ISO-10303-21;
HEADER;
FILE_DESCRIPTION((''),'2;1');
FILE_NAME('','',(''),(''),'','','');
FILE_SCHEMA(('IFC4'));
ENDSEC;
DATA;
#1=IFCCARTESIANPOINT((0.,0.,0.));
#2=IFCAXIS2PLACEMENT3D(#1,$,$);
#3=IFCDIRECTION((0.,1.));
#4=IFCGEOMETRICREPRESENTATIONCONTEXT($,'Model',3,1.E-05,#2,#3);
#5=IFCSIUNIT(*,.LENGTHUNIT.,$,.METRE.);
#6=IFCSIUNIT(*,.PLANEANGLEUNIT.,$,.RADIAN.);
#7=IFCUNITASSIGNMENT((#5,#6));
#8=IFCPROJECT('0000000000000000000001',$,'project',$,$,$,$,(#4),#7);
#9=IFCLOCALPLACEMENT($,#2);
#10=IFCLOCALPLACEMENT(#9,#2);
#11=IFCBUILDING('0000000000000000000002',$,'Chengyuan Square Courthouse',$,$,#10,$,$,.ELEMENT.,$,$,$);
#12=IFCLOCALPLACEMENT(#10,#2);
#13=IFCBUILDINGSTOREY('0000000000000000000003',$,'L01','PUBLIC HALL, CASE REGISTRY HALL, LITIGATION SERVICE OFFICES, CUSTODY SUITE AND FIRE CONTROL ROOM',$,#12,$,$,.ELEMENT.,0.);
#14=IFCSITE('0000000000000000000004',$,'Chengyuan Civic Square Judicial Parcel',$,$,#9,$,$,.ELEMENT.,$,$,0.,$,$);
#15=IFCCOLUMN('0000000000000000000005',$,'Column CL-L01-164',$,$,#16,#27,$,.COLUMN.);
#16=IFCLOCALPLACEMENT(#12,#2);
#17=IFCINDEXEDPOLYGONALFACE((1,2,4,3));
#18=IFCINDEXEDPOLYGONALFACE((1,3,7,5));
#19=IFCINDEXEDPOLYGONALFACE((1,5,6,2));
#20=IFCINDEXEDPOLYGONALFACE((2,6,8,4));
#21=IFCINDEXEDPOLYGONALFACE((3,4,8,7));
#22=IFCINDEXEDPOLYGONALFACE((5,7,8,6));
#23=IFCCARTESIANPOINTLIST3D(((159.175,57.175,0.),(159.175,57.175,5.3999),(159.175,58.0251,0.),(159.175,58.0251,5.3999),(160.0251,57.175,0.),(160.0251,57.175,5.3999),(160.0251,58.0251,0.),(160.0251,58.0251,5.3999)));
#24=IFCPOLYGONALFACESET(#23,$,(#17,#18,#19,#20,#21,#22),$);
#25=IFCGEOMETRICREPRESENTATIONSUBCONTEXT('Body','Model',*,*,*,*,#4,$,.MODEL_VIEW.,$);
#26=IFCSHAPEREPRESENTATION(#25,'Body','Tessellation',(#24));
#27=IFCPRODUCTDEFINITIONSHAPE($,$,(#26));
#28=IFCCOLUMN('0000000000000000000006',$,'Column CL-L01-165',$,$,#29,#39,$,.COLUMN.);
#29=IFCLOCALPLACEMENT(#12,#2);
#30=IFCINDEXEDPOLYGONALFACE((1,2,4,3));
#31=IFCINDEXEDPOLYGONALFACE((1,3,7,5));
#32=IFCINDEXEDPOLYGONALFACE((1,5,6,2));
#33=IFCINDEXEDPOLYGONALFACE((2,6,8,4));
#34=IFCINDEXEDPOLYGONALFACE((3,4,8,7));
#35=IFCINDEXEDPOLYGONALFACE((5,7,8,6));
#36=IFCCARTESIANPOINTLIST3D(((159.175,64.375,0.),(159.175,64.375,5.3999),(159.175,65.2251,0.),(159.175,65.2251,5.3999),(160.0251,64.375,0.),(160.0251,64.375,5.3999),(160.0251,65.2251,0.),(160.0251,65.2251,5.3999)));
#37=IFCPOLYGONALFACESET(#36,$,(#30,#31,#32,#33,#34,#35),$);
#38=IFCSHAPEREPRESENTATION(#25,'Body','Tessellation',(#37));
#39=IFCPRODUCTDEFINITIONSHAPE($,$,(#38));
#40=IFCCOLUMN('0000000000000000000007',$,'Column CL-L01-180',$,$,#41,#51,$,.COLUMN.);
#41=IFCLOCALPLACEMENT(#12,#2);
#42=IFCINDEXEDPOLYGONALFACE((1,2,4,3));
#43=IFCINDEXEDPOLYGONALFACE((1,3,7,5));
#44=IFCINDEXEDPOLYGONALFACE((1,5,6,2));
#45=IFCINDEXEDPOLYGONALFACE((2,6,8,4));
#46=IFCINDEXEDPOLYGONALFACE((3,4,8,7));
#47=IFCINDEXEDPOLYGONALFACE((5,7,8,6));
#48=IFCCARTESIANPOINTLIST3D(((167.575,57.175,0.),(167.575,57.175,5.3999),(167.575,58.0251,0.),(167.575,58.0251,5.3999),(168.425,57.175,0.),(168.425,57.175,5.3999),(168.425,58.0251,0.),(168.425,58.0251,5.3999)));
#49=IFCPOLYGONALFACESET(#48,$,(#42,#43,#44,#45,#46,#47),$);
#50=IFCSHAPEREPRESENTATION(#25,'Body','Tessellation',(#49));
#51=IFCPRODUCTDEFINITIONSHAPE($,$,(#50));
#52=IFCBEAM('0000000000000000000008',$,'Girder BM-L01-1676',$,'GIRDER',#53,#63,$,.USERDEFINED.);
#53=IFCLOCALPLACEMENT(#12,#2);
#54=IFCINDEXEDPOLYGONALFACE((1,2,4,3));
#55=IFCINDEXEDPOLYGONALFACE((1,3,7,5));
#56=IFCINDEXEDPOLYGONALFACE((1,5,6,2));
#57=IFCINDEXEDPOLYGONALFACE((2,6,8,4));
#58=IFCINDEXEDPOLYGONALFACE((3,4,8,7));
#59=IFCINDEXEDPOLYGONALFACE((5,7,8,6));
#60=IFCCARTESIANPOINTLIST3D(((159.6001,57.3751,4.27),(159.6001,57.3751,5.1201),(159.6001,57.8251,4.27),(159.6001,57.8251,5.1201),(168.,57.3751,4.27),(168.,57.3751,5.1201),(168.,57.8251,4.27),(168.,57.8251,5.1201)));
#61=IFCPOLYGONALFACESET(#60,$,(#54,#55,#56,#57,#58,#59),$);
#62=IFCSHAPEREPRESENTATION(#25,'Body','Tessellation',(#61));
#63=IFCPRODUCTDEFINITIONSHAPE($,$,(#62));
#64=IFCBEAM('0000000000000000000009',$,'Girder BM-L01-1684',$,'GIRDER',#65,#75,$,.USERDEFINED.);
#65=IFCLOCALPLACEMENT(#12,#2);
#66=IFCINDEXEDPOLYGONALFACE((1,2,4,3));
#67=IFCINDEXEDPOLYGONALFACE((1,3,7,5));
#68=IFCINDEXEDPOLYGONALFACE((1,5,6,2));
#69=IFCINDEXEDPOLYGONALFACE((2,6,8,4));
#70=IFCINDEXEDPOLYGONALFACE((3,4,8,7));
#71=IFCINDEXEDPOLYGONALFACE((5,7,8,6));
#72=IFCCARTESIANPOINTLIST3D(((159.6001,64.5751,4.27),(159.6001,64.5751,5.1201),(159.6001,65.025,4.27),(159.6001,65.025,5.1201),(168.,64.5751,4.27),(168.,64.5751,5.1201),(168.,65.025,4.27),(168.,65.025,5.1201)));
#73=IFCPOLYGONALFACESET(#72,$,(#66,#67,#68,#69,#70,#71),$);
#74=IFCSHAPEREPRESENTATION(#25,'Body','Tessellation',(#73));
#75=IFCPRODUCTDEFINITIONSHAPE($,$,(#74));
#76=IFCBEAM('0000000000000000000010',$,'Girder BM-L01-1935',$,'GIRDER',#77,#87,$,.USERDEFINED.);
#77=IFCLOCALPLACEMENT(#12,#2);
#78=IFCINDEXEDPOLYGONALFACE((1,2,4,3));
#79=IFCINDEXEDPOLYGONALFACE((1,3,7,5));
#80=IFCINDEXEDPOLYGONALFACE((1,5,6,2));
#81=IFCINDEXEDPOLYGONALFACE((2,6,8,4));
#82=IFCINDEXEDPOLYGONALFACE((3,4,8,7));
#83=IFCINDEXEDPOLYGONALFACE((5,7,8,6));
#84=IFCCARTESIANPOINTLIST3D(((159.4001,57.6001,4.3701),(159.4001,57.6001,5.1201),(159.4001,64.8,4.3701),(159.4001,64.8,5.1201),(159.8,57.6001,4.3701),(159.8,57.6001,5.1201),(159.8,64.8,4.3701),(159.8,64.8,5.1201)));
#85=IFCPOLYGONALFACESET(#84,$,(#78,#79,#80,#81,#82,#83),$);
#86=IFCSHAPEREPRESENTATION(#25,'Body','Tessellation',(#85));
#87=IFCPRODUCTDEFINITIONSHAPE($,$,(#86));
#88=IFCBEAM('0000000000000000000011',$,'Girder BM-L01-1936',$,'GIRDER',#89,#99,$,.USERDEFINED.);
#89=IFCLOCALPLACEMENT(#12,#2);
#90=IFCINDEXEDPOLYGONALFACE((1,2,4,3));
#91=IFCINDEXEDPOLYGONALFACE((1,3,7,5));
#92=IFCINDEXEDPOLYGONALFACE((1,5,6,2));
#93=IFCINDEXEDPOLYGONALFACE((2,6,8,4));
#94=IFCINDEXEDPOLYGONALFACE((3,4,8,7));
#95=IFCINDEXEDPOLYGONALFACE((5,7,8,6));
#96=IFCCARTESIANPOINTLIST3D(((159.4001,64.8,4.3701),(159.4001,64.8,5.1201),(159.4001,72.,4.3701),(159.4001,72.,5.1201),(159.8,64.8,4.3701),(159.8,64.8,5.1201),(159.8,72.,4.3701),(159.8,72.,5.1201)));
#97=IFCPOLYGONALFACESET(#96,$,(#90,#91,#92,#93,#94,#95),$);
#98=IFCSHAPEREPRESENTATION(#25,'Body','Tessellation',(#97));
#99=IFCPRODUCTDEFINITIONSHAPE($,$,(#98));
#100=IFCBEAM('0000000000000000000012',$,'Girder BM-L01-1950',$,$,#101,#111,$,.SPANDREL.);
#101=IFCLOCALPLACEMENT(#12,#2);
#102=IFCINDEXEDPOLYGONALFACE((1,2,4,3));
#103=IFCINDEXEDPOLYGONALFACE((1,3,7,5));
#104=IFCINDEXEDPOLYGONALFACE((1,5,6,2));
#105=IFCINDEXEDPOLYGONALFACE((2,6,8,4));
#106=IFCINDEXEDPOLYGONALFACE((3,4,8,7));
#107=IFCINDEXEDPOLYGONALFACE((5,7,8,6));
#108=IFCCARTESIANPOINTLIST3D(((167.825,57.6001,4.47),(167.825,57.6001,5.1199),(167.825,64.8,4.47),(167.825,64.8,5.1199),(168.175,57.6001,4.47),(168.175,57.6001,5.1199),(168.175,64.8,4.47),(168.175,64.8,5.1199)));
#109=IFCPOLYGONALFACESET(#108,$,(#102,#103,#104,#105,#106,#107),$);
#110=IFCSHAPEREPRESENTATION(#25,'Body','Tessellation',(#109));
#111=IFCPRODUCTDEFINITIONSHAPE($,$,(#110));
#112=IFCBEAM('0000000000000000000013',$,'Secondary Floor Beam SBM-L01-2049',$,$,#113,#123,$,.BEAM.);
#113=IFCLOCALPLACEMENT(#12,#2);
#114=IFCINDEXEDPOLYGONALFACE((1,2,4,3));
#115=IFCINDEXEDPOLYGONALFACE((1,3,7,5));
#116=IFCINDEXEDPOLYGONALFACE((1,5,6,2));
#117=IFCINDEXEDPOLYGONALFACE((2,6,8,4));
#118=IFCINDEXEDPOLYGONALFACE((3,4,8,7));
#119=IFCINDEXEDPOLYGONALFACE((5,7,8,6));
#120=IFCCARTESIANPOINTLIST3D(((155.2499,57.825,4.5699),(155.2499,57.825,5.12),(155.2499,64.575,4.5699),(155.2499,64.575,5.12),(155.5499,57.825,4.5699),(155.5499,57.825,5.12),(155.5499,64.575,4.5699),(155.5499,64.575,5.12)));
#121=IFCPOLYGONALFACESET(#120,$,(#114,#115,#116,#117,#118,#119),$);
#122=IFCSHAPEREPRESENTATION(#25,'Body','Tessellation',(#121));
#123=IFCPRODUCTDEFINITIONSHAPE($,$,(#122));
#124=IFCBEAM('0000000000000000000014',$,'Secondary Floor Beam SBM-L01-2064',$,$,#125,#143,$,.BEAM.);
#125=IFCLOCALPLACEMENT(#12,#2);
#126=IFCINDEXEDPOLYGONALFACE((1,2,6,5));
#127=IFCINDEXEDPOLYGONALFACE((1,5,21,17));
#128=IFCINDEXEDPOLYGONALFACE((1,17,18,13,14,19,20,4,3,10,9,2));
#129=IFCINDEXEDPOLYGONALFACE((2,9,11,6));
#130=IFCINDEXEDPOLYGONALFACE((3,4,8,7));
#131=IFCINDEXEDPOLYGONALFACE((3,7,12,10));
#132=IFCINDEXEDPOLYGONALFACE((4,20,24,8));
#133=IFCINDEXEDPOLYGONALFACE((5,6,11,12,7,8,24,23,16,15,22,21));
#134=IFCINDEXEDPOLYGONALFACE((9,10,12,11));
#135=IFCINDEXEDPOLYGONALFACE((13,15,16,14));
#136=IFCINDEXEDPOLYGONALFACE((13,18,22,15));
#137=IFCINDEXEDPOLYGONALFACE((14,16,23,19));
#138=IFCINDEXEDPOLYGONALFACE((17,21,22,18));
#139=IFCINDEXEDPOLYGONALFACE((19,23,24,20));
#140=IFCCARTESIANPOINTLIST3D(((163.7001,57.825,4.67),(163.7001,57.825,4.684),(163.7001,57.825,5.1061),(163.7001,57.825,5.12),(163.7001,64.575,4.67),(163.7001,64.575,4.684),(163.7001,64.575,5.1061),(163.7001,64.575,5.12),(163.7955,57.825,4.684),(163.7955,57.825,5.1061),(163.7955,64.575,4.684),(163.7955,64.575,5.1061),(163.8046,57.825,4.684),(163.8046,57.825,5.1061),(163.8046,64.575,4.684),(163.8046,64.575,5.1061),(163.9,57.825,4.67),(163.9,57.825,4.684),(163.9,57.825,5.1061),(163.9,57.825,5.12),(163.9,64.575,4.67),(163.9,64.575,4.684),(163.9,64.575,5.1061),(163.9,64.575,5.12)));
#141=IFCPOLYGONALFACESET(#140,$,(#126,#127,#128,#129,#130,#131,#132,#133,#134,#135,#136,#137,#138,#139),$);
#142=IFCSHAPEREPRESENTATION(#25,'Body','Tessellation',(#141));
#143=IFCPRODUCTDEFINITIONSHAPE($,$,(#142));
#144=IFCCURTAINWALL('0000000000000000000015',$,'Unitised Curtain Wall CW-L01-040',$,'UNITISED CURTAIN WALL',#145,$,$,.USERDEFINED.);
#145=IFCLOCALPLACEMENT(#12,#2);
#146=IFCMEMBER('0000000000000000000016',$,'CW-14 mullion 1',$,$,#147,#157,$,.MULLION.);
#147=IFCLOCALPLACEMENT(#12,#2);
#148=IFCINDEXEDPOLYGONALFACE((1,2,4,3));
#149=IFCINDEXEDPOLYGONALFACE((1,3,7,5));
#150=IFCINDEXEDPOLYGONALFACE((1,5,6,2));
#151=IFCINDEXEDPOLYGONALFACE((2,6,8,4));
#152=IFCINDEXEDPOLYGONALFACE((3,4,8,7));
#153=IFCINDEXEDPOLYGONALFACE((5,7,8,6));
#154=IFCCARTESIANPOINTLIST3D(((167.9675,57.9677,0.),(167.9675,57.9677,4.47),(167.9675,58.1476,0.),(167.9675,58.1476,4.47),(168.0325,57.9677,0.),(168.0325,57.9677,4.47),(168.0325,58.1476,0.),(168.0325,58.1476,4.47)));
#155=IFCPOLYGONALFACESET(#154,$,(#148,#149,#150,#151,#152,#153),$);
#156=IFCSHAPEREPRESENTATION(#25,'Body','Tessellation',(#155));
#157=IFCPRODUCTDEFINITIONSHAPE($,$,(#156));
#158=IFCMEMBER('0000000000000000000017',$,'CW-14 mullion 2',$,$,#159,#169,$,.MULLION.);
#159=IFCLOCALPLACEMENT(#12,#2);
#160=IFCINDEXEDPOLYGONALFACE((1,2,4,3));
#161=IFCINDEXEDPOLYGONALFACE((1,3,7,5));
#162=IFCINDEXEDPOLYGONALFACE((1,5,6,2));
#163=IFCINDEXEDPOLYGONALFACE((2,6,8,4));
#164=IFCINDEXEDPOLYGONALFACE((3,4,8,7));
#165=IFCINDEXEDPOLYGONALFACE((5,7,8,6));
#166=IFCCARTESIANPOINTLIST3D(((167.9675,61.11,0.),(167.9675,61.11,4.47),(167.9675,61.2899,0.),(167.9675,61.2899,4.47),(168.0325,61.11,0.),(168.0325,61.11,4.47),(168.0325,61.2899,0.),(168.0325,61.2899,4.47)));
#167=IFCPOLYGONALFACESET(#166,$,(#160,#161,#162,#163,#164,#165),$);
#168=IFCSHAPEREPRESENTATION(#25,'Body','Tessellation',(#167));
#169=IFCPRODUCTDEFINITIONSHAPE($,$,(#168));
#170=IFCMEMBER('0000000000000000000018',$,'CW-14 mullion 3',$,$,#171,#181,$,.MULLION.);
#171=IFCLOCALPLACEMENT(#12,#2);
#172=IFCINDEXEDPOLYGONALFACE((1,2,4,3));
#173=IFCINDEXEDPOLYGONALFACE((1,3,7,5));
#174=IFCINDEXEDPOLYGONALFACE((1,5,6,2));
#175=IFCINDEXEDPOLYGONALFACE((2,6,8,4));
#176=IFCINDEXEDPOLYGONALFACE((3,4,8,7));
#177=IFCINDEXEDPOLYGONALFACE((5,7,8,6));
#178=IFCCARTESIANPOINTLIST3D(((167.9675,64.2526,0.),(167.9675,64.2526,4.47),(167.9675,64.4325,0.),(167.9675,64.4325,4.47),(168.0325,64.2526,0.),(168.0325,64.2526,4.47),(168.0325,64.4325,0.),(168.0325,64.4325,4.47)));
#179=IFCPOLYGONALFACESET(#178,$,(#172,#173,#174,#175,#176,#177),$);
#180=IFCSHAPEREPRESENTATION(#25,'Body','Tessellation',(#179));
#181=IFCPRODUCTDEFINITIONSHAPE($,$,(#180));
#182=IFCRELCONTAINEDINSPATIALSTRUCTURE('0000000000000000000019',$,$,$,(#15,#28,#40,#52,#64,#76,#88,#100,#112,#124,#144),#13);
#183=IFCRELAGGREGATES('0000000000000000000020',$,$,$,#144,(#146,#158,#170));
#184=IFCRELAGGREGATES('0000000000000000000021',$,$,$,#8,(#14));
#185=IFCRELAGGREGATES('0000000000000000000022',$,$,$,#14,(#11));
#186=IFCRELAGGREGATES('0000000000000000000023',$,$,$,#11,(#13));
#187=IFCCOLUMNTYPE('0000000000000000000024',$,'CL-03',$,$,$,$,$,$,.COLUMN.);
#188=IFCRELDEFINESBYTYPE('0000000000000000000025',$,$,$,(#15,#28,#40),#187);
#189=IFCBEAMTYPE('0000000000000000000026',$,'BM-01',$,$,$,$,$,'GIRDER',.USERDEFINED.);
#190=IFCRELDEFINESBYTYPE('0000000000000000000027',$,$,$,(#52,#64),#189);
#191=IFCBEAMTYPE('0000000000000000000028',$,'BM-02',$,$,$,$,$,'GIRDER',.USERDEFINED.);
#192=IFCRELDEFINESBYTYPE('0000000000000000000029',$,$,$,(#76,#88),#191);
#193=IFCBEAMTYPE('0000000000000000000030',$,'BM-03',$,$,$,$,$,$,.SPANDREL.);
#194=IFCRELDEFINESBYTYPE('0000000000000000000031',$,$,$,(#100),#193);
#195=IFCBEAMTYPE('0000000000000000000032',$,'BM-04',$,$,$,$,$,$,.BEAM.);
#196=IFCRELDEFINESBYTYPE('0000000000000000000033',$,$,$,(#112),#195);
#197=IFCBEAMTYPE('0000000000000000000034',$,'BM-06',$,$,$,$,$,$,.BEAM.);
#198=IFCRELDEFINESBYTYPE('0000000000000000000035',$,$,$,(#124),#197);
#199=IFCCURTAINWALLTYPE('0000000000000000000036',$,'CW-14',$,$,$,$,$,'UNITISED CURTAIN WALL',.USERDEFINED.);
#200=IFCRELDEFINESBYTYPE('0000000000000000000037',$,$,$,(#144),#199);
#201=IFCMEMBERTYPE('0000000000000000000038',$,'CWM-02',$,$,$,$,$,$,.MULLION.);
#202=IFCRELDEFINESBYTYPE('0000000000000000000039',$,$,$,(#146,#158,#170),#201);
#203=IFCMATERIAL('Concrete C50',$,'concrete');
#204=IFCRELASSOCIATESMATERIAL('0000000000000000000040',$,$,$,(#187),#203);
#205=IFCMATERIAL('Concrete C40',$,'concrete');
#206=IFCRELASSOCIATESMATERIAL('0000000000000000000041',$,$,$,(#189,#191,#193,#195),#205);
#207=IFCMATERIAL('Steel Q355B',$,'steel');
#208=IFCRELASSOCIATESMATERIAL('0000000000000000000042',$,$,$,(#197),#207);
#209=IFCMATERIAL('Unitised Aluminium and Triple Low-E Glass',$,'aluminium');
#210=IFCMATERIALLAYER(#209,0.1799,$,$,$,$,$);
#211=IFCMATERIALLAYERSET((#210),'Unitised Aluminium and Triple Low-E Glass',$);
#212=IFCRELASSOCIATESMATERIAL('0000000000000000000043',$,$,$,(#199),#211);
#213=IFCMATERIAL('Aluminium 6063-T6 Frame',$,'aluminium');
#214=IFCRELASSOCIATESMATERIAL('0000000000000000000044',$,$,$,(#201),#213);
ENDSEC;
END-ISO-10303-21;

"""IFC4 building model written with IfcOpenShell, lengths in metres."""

from ifc_helpers import new_model, si_unit, direction, frame, origin, origin_2d, place, context, subcontext, project, spatial, rectangle, i_section, extrude, material, layer, layer_set, material_profile, profile_set, type_object, element, aggregate, save


model = new_model("IFC4")

# Units and contexts
model_context = context("Model", 3, precision=1e-05, world=origin(), true_north=direction((0.0, 1.0)))
body_context = subcontext(model_context, "Body", "Model", "MODEL_VIEW")
ifc_project = project(units=[si_unit("LENGTHUNIT", "METRE"), si_unit("PLANEANGLEUNIT", "RADIAN")], contexts=[model_context])

# Site, building, storey
site_placement = place(None, origin())
site = spatial("IfcSite", under=ifc_project, at=site_placement, Name="Chengyuan Civic Square Judicial Parcel", CompositionType="ELEMENT", RefElevation=0.0)
building_placement = place(site_placement, origin())
building = spatial("IfcBuilding", under=site, at=building_placement, Name="Chengyuan Square Courthouse", CompositionType="ELEMENT")
storey_placement = place(building_placement, origin())
storey = spatial("IfcBuildingStorey", under=building, at=storey_placement, Name="L01", Description="PUBLIC HALL, CASE REGISTRY HALL, LITIGATION SERVICE OFFICES, CUSTODY SUITE AND FIRE CONTROL ROOM", CompositionType="ELEMENT", Elevation=0.0)

# Columns
ifc_material_1 = material(Name="Concrete C50", Category="concrete")
ifc_material_profile_1 = material_profile(ifc_material_1, rectangle(XDim=0.8501, YDim=0.8501, at=origin_2d()), Name="RC-COL-850x850")
ifc_profile_set_1 = profile_set([ifc_material_profile_1], Name="Concrete C50")
column_type = type_object("IfcColumnType", Name="CL-03", PredefinedType="COLUMN", material=ifc_profile_set_1)
for number, where, z_axis, x_axis, name in (
    (1, (159.6001, 57.6001, 0.0), (0.0, 0.0, 1.0), (1.0, 0.0, 0.0), "Column CL-L01-164"),
    (2, (159.6001, 64.8, 0.0), (0.0, 0.0, 1.0), (1.0, 0.0, 0.0), "Column CL-L01-165"),
    (3, (168.0, 57.6001, 0.0), (0.0, 0.0, 1.0), (1.0, 0.0, 0.0), "Column CL-L01-180"),
):
    element("IfcColumn", number, at=place(storey_placement, frame(where, z_axis=z_axis, x_axis=x_axis)), inside=storey, type_object=column_type, Name=name, PredefinedType="COLUMN", context=body_context, shape_type="SweptSolid", body=[
        extrude(rectangle(XDim=0.8501, YDim=0.8501, at=origin_2d()), origin(), (0.0, 0.0, 1.0), 5.3999),
    ])

# Beams
ifc_material_2 = material(Name="Concrete C40", Category="concrete")
ifc_material_profile_2 = material_profile(ifc_material_2, rectangle(XDim=0.45, YDim=0.8501, at=origin_2d()), Name="RC-BM-450x850")
ifc_profile_set_2 = profile_set([ifc_material_profile_2], Name="Concrete C40")
beam_type_1 = type_object("IfcBeamType", Name="BM-01", ElementType="GIRDER", PredefinedType="USERDEFINED", material=ifc_profile_set_2)
for number, where, z_axis, x_axis, name in (
    (4, (159.6001, 57.6001, 4.6951), (1.0, 0.0, 0.0), (0.0, 1.0, 0.0), "Girder BM-L01-1676"),
    (5, (159.6001, 64.8, 4.6951), (1.0, 0.0, 0.0), (0.0, 1.0, 0.0), "Girder BM-L01-1684"),
):
    element("IfcBeam", number, at=place(storey_placement, frame(where, z_axis=z_axis, x_axis=x_axis)), inside=storey, type_object=beam_type_1, Name=name, ObjectType="GIRDER", PredefinedType="USERDEFINED", context=body_context, shape_type="SweptSolid", body=[
        extrude(rectangle(XDim=0.45, YDim=0.8501, at=origin_2d()), origin(), (0.0, 0.0, 1.0), 8.3999),
    ])
ifc_material_profile_3 = material_profile(ifc_material_2, rectangle(XDim=0.3999, YDim=0.75, at=origin_2d()), Name="RC-BM-400x750")
ifc_profile_set_3 = profile_set([ifc_material_profile_3], Name="Concrete C40")
beam_type_2 = type_object("IfcBeamType", Name="BM-02", ElementType="GIRDER", PredefinedType="USERDEFINED", material=ifc_profile_set_3)
for number, where, z_axis, x_axis, name in (
    (6, (159.6001, 57.6001, 4.7451), (0.0, 1.0, 0.0), (-1.0, 0.0, 0.0), "Girder BM-L01-1935"),
    (7, (159.6001, 64.8, 4.7451), (0.0, 1.0, 0.0), (-1.0, 0.0, 0.0), "Girder BM-L01-1936"),
):
    element("IfcBeam", number, at=place(storey_placement, frame(where, z_axis=z_axis, x_axis=x_axis)), inside=storey, type_object=beam_type_2, Name=name, ObjectType="GIRDER", PredefinedType="USERDEFINED", context=body_context, shape_type="SweptSolid", body=[
        extrude(rectangle(XDim=0.3999, YDim=0.75, at=origin_2d()), origin(), (0.0, 0.0, 1.0), 7.2),
    ])
ifc_material_profile_4 = material_profile(ifc_material_2, rectangle(XDim=0.3501, YDim=0.6499, at=origin_2d()), Name="RC-BM-350x650")
ifc_profile_set_4 = profile_set([ifc_material_profile_4], Name="Concrete C40")
beam_type_3 = type_object("IfcBeamType", Name="BM-03", PredefinedType="SPANDREL", material=ifc_profile_set_4)
beam_1_placement = place(storey_placement, frame((168.0, 57.6001, 4.7949), z_axis=(0.0, 1.0, 0.0), x_axis=(-1.0, 0.0, 0.0)))
element("IfcBeam", 8, at=beam_1_placement, inside=storey, type_object=beam_type_3, Name="Girder BM-L01-1950", PredefinedType="SPANDREL", context=body_context, shape_type="SweptSolid", body=[
    extrude(rectangle(XDim=0.3501, YDim=0.6499, at=origin_2d()), origin(), (0.0, 0.0, 1.0), 7.2),
])
ifc_material_profile_5 = material_profile(ifc_material_2, rectangle(XDim=0.3, YDim=0.55, at=origin_2d()), Name="RC-BM-300x550")
ifc_profile_set_5 = profile_set([ifc_material_profile_5], Name="Concrete C40")
beam_type_4 = type_object("IfcBeamType", Name="BM-04", PredefinedType="BEAM", material=ifc_profile_set_5)
beam_2_placement = place(storey_placement, frame((155.3999, 57.825, 4.845), z_axis=(0.0, 1.0, 0.0), x_axis=(-1.0, 0.0, 0.0)))
element("IfcBeam", 9, at=beam_2_placement, inside=storey, type_object=beam_type_4, Name="Secondary Floor Beam SBM-L01-2049", PredefinedType="BEAM", context=body_context, shape_type="SweptSolid", body=[
    extrude(rectangle(XDim=0.3, YDim=0.55, at=origin_2d()), origin(), (0.0, 0.0, 1.0), 6.75),
])
ifc_material_3 = material(Name="Steel Q355B", Category="steel")
ifc_material_profile_6 = material_profile(ifc_material_3, i_section(OverallWidth=0.2, OverallDepth=0.45, WebThickness=0.009, FlangeThickness=0.0139, at=origin_2d()), Name="HN 450x200x9x14")
ifc_profile_set_6 = profile_set([ifc_material_profile_6], Name="Steel Q355B")
beam_type_5 = type_object("IfcBeamType", Name="BM-06", PredefinedType="BEAM", material=ifc_profile_set_6)
beam_3_placement = place(storey_placement, frame((163.8, 57.825, 4.895), z_axis=(0.0, 1.0, 0.0), x_axis=(-1.0, 0.0, 0.0)))
element("IfcBeam", 10, at=beam_3_placement, inside=storey, type_object=beam_type_5, Name="Secondary Floor Beam SBM-L01-2064", PredefinedType="BEAM", context=body_context, shape_type="SweptSolid", body=[
    extrude(i_section(OverallWidth=0.2, OverallDepth=0.45, WebThickness=0.009, FlangeThickness=0.0139, at=origin_2d()), origin(), (0.0, 0.0, 1.0), 6.75),
])

# Curtain wall, members
ifc_material_4 = material(Name="Unitised Aluminium and Triple Low-E Glass", Category="aluminium")
ifc_layer_1 = layer(ifc_material_4, 0.1799)
ifc_layer_set_1 = layer_set([ifc_layer_1], Name="Unitised Aluminium and Triple Low-E Glass")
curtain_wall_type = type_object("IfcCurtainWallType", Name="CW-14", ElementType="UNITISED CURTAIN WALL", PredefinedType="USERDEFINED", material=ifc_layer_set_1)
curtain_wall_placement = place(storey_placement, origin())
curtain_wall = element("IfcCurtainWall", 11, at=curtain_wall_placement, inside=storey, type_object=curtain_wall_type, Name="Unitised Curtain Wall CW-L01-040", ObjectType="UNITISED CURTAIN WALL", PredefinedType="USERDEFINED")
ifc_material_5 = material(Name="Aluminium 6063-T6 Frame", Category="aluminium")
ifc_material_profile_7 = material_profile(ifc_material_5, rectangle(XDim=0.0649, YDim=0.1799, at=origin_2d()), Name="CW-MUL-65x180")
ifc_profile_set_7 = profile_set([ifc_material_profile_7], Name="Aluminium 6063-T6 Frame")
member_type_1 = type_object("IfcMemberType", Name="CWM-02", PredefinedType="MULLION", material=ifc_profile_set_7)
member_1_placement = place(storey_placement, frame((168.0, 58.0576, 0.0), z_axis=(0.0, 0.0, 1.0), x_axis=(-1.0, 0.0, 0.0)))
member_1 = element("IfcMember", 12, at=member_1_placement, type_object=member_type_1, Name="CW-14 mullion 1", PredefinedType="MULLION", context=body_context, shape_type="SweptSolid", body=[
    extrude(rectangle(XDim=0.0649, YDim=0.1799, at=origin_2d()), origin(), (0.0, 0.0, 1.0), 4.47),
])
member_2_placement = place(storey_placement, frame((168.0, 61.2, 0.0), z_axis=(0.0, 0.0, 1.0), x_axis=(-1.0, 0.0, 0.0)))
member_2 = element("IfcMember", 13, at=member_2_placement, type_object=member_type_1, Name="CW-14 mullion 2", PredefinedType="MULLION", context=body_context, shape_type="SweptSolid", body=[
    extrude(rectangle(XDim=0.0649, YDim=0.1799, at=origin_2d()), origin(), (0.0, 0.0, 1.0), 4.47),
])
member_3_placement = place(storey_placement, frame((168.0, 64.3425, 0.0), z_axis=(0.0, 0.0, 1.0), x_axis=(-1.0, 0.0, 0.0)))
member_3 = element("IfcMember", 14, at=member_3_placement, type_object=member_type_1, Name="CW-14 mullion 3", PredefinedType="MULLION", context=body_context, shape_type="SweptSolid", body=[
    extrude(rectangle(XDim=0.0649, YDim=0.1799, at=origin_2d()), origin(), (0.0, 0.0, 1.0), 4.47),
])
aggregate(curtain_wall, [member_1, member_2, member_3])

save(model, "model.ifc")
